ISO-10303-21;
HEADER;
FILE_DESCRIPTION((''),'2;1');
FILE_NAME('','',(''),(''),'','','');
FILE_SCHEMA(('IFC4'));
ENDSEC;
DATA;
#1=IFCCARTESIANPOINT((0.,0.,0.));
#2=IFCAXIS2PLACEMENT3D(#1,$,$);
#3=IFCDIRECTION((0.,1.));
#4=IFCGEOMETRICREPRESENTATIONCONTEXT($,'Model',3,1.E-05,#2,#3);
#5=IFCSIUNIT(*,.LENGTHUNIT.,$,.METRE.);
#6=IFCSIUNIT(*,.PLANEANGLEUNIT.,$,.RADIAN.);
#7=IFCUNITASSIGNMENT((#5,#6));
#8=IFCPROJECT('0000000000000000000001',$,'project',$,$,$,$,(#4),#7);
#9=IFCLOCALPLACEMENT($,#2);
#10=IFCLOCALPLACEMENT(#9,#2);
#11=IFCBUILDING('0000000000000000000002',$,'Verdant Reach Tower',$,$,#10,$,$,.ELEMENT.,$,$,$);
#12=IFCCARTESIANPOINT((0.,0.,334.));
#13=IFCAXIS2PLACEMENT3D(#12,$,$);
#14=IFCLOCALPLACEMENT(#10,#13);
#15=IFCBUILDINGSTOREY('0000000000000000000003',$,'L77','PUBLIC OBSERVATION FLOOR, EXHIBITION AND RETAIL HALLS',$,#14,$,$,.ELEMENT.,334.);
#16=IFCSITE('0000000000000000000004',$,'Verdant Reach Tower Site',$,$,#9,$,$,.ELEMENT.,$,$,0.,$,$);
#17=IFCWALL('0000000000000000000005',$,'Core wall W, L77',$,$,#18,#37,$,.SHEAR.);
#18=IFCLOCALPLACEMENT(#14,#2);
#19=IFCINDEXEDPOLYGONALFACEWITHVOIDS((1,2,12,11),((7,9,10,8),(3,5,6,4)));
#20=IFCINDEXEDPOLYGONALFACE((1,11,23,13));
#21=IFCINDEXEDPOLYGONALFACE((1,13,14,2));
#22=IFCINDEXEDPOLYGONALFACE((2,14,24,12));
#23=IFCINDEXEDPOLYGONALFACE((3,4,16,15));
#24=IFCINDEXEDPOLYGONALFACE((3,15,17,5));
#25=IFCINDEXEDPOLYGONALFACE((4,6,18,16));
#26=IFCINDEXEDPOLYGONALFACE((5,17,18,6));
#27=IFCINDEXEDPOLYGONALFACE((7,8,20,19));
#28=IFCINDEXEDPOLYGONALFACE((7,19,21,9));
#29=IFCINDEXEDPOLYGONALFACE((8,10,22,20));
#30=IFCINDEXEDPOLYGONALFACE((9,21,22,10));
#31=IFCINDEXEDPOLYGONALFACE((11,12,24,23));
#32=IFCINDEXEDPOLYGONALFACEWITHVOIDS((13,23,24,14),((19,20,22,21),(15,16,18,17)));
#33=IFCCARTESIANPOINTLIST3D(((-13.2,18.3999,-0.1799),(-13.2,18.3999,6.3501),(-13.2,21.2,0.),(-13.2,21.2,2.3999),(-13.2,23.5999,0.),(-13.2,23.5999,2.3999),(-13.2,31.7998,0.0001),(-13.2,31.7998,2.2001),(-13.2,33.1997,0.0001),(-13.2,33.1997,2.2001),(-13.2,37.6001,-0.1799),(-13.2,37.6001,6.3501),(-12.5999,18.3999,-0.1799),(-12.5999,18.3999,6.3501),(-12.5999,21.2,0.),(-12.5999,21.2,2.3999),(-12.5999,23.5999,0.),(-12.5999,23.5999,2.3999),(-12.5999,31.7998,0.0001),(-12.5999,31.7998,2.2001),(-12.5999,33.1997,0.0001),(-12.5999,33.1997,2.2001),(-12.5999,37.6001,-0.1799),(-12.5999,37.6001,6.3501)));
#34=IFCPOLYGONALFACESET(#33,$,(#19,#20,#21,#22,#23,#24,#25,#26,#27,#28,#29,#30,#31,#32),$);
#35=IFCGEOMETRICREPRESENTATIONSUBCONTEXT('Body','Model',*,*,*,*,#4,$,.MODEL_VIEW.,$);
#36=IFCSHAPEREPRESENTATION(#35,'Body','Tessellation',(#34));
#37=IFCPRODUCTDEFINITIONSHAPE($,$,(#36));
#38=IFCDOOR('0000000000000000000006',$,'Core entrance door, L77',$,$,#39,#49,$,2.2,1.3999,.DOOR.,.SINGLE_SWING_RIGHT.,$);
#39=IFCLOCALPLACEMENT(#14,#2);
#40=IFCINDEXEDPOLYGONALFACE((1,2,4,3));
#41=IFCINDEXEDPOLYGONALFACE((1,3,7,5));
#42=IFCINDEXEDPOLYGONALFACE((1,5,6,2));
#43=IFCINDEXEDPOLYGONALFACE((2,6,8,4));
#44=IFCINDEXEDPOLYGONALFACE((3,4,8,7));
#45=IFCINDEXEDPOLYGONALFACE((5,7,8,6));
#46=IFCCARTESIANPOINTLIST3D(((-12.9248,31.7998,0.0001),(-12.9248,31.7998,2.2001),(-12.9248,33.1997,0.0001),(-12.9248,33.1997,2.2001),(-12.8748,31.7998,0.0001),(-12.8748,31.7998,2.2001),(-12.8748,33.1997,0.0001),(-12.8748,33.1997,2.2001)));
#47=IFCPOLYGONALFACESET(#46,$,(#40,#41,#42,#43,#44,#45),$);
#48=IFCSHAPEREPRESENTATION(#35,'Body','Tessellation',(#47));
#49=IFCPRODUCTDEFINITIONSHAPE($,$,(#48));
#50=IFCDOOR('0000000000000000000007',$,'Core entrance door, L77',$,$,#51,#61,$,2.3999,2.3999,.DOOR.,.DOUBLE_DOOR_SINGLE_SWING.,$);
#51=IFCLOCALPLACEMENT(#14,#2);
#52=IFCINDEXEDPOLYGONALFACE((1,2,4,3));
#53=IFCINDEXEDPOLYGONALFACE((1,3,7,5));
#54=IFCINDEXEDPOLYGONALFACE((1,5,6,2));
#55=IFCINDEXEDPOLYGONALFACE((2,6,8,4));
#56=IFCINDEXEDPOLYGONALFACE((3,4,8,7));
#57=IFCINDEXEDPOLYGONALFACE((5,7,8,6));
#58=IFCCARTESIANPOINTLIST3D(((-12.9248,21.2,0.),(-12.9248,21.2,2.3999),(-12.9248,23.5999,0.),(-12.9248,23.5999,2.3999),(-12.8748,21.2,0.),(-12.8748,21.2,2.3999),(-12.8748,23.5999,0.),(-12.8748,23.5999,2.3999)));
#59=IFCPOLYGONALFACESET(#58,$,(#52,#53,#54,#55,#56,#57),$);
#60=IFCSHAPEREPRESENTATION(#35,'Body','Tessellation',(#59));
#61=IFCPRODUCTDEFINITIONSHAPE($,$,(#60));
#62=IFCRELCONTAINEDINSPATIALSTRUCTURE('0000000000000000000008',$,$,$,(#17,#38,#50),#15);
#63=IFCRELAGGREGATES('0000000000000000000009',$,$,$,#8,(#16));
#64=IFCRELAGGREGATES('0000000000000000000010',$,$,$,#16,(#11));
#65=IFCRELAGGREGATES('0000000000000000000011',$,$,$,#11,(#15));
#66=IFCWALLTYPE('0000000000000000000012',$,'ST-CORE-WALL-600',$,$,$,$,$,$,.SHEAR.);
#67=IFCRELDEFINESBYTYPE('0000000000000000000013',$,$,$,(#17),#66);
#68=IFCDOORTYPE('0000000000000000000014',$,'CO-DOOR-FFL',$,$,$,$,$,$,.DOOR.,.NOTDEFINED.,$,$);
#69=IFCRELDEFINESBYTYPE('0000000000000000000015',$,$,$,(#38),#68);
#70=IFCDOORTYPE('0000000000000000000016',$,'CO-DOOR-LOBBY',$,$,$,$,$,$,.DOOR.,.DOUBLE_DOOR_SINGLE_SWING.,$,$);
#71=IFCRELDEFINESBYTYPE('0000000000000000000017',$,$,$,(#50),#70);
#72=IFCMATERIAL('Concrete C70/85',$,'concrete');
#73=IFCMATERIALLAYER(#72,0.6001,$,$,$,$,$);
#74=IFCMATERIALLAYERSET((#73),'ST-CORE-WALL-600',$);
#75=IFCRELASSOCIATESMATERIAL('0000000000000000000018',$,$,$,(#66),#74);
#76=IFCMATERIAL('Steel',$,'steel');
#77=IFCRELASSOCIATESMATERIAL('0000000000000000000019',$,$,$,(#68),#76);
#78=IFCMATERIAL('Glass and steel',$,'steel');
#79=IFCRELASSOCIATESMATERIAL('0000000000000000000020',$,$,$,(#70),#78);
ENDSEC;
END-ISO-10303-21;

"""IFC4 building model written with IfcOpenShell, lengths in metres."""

from ifc_helpers import new_model, si_unit, direction, frame, frame_2d, origin, place, context, subcontext, project, spatial, rectangle, extrude, material, layer, layer_set, type_object, element, fill, save


model = new_model("IFC4")

# Units and contexts
model_context = context("Model", 3, precision=1e-05, world=origin(), true_north=direction((0.0, 1.0)))
body_context = subcontext(model_context, "Body", "Model", "MODEL_VIEW")
ifc_project = project(units=[si_unit("LENGTHUNIT", "METRE"), si_unit("PLANEANGLEUNIT", "RADIAN")], contexts=[model_context])

# Site, building, storey
site_placement = place(None, origin())
site = spatial("IfcSite", under=ifc_project, at=site_placement, Name="Verdant Reach Tower Site", CompositionType="ELEMENT", RefElevation=0.0)
building_placement = place(site_placement, origin())
building = spatial("IfcBuilding", under=site, at=building_placement, Name="Verdant Reach Tower", CompositionType="ELEMENT")
storey_placement = place(building_placement, frame((0.0, 0.0, 334.0)))
storey = spatial("IfcBuildingStorey", under=building, at=storey_placement, Name="L77", Description="PUBLIC OBSERVATION FLOOR, EXHIBITION AND RETAIL HALLS", CompositionType="ELEMENT", Elevation=334.0)

# Shared definitions
ifc_material_1 = material(Name="Concrete C70/85", Category="concrete")
ifc_layer_1 = layer(ifc_material_1, 0.6001)
ifc_layer_set_1 = layer_set([ifc_layer_1], Name="ST-CORE-WALL-600")
wall_type_1 = type_object("IfcWallType", Name="ST-CORE-WALL-600", PredefinedType="SHEAR", material=ifc_layer_set_1)

# Wall, openings, doors
wall_1_placement = place(storey_placement, frame((-12.8999, 18.3999, -0.1799), z_axis=(0.0, 0.0, 1.0), x_axis=(0.0, 1.0, 0.0)))
wall_1 = element("IfcWall", 1, at=wall_1_placement, inside=storey, type_object=wall_type_1, Name="Core wall W, L77", PredefinedType="SHEAR", context=body_context, shape_type="SweptSolid", body=[
    extrude(rectangle(XDim=19.2002, YDim=0.6001, at=frame_2d((9.6001, 0.0))), origin(), (0.0, 0.0, 1.0), 6.53),
])
opening_1_placement = place(wall_1_placement, frame((2.8, 0.0, 0.1799)))
opening_1 = element("IfcOpeningElement", 2, at=opening_1_placement, cuts=wall_1, PredefinedType="OPENING", context=body_context, shape_type="SweptSolid", body=[
    extrude(rectangle(XDim=2.3999, YDim=2.3999, at=frame_2d((1.2, 1.2))), frame((0.0, 0.3101, 0.0), z_axis=(0.0, -1.0, 0.0), x_axis=(1.0, 0.0, 0.0)), (0.0, 0.0, 1.0), 0.6201),
])
opening_2_placement = place(wall_1_placement, frame((13.3999, 0.0, 0.1799)))
opening_2 = element("IfcOpeningElement", 3, at=opening_2_placement, cuts=wall_1, PredefinedType="OPENING", context=body_context, shape_type="SweptSolid", body=[
    extrude(rectangle(XDim=1.3999, YDim=2.2, at=frame_2d((0.7, 1.1001))), frame((0.0, 0.3101, 0.0), z_axis=(0.0, -1.0, 0.0), x_axis=(1.0, 0.0, 0.0)), (0.0, 0.0, 1.0), 0.6201),
])
ifc_material_2 = material(Name="Steel", Category="steel")
door_type_1 = type_object("IfcDoorType", Name="CO-DOOR-FFL", OperationType="NOTDEFINED", PredefinedType="DOOR", material=ifc_material_2)
door_1_placement = place(opening_2_placement, origin())
door_1 = element("IfcDoor", 4, at=door_1_placement, inside=storey, type_object=door_type_1, Name="Core entrance door, L77", OperationType="SINGLE_SWING_RIGHT", OverallHeight=2.2, OverallWidth=1.3999, PredefinedType="DOOR", context=body_context, shape_type="SweptSolid", body=[
    extrude(rectangle(XDim=1.3999, YDim=2.2, at=frame_2d((0.7, 1.1001))), frame((0.0, 0.0249, 0.0), z_axis=(0.0, -1.0, 0.0), x_axis=(1.0, 0.0, 0.0)), (0.0, 0.0, 1.0), 0.05),
])
fill(opening_2, door_1)
ifc_material_3 = material(Name="Glass and steel", Category="steel")
door_type_2 = type_object("IfcDoorType", Name="CO-DOOR-LOBBY", OperationType="DOUBLE_DOOR_SINGLE_SWING", PredefinedType="DOOR", material=ifc_material_3)
door_2_placement = place(opening_1_placement, origin())
door_2 = element("IfcDoor", 5, at=door_2_placement, inside=storey, type_object=door_type_2, Name="Core entrance door, L77", OperationType="DOUBLE_DOOR_SINGLE_SWING", OverallHeight=2.3999, OverallWidth=2.3999, PredefinedType="DOOR", context=body_context, shape_type="SweptSolid", body=[
    extrude(rectangle(XDim=2.3999, YDim=2.3999, at=frame_2d((1.2, 1.2))), frame((0.0, 0.0249, 0.0), z_axis=(0.0, -1.0, 0.0), x_axis=(1.0, 0.0, 0.0)), (0.0, 0.0, 1.0), 0.05),
])
fill(opening_1, door_2)

save(model, "model.ifc")
